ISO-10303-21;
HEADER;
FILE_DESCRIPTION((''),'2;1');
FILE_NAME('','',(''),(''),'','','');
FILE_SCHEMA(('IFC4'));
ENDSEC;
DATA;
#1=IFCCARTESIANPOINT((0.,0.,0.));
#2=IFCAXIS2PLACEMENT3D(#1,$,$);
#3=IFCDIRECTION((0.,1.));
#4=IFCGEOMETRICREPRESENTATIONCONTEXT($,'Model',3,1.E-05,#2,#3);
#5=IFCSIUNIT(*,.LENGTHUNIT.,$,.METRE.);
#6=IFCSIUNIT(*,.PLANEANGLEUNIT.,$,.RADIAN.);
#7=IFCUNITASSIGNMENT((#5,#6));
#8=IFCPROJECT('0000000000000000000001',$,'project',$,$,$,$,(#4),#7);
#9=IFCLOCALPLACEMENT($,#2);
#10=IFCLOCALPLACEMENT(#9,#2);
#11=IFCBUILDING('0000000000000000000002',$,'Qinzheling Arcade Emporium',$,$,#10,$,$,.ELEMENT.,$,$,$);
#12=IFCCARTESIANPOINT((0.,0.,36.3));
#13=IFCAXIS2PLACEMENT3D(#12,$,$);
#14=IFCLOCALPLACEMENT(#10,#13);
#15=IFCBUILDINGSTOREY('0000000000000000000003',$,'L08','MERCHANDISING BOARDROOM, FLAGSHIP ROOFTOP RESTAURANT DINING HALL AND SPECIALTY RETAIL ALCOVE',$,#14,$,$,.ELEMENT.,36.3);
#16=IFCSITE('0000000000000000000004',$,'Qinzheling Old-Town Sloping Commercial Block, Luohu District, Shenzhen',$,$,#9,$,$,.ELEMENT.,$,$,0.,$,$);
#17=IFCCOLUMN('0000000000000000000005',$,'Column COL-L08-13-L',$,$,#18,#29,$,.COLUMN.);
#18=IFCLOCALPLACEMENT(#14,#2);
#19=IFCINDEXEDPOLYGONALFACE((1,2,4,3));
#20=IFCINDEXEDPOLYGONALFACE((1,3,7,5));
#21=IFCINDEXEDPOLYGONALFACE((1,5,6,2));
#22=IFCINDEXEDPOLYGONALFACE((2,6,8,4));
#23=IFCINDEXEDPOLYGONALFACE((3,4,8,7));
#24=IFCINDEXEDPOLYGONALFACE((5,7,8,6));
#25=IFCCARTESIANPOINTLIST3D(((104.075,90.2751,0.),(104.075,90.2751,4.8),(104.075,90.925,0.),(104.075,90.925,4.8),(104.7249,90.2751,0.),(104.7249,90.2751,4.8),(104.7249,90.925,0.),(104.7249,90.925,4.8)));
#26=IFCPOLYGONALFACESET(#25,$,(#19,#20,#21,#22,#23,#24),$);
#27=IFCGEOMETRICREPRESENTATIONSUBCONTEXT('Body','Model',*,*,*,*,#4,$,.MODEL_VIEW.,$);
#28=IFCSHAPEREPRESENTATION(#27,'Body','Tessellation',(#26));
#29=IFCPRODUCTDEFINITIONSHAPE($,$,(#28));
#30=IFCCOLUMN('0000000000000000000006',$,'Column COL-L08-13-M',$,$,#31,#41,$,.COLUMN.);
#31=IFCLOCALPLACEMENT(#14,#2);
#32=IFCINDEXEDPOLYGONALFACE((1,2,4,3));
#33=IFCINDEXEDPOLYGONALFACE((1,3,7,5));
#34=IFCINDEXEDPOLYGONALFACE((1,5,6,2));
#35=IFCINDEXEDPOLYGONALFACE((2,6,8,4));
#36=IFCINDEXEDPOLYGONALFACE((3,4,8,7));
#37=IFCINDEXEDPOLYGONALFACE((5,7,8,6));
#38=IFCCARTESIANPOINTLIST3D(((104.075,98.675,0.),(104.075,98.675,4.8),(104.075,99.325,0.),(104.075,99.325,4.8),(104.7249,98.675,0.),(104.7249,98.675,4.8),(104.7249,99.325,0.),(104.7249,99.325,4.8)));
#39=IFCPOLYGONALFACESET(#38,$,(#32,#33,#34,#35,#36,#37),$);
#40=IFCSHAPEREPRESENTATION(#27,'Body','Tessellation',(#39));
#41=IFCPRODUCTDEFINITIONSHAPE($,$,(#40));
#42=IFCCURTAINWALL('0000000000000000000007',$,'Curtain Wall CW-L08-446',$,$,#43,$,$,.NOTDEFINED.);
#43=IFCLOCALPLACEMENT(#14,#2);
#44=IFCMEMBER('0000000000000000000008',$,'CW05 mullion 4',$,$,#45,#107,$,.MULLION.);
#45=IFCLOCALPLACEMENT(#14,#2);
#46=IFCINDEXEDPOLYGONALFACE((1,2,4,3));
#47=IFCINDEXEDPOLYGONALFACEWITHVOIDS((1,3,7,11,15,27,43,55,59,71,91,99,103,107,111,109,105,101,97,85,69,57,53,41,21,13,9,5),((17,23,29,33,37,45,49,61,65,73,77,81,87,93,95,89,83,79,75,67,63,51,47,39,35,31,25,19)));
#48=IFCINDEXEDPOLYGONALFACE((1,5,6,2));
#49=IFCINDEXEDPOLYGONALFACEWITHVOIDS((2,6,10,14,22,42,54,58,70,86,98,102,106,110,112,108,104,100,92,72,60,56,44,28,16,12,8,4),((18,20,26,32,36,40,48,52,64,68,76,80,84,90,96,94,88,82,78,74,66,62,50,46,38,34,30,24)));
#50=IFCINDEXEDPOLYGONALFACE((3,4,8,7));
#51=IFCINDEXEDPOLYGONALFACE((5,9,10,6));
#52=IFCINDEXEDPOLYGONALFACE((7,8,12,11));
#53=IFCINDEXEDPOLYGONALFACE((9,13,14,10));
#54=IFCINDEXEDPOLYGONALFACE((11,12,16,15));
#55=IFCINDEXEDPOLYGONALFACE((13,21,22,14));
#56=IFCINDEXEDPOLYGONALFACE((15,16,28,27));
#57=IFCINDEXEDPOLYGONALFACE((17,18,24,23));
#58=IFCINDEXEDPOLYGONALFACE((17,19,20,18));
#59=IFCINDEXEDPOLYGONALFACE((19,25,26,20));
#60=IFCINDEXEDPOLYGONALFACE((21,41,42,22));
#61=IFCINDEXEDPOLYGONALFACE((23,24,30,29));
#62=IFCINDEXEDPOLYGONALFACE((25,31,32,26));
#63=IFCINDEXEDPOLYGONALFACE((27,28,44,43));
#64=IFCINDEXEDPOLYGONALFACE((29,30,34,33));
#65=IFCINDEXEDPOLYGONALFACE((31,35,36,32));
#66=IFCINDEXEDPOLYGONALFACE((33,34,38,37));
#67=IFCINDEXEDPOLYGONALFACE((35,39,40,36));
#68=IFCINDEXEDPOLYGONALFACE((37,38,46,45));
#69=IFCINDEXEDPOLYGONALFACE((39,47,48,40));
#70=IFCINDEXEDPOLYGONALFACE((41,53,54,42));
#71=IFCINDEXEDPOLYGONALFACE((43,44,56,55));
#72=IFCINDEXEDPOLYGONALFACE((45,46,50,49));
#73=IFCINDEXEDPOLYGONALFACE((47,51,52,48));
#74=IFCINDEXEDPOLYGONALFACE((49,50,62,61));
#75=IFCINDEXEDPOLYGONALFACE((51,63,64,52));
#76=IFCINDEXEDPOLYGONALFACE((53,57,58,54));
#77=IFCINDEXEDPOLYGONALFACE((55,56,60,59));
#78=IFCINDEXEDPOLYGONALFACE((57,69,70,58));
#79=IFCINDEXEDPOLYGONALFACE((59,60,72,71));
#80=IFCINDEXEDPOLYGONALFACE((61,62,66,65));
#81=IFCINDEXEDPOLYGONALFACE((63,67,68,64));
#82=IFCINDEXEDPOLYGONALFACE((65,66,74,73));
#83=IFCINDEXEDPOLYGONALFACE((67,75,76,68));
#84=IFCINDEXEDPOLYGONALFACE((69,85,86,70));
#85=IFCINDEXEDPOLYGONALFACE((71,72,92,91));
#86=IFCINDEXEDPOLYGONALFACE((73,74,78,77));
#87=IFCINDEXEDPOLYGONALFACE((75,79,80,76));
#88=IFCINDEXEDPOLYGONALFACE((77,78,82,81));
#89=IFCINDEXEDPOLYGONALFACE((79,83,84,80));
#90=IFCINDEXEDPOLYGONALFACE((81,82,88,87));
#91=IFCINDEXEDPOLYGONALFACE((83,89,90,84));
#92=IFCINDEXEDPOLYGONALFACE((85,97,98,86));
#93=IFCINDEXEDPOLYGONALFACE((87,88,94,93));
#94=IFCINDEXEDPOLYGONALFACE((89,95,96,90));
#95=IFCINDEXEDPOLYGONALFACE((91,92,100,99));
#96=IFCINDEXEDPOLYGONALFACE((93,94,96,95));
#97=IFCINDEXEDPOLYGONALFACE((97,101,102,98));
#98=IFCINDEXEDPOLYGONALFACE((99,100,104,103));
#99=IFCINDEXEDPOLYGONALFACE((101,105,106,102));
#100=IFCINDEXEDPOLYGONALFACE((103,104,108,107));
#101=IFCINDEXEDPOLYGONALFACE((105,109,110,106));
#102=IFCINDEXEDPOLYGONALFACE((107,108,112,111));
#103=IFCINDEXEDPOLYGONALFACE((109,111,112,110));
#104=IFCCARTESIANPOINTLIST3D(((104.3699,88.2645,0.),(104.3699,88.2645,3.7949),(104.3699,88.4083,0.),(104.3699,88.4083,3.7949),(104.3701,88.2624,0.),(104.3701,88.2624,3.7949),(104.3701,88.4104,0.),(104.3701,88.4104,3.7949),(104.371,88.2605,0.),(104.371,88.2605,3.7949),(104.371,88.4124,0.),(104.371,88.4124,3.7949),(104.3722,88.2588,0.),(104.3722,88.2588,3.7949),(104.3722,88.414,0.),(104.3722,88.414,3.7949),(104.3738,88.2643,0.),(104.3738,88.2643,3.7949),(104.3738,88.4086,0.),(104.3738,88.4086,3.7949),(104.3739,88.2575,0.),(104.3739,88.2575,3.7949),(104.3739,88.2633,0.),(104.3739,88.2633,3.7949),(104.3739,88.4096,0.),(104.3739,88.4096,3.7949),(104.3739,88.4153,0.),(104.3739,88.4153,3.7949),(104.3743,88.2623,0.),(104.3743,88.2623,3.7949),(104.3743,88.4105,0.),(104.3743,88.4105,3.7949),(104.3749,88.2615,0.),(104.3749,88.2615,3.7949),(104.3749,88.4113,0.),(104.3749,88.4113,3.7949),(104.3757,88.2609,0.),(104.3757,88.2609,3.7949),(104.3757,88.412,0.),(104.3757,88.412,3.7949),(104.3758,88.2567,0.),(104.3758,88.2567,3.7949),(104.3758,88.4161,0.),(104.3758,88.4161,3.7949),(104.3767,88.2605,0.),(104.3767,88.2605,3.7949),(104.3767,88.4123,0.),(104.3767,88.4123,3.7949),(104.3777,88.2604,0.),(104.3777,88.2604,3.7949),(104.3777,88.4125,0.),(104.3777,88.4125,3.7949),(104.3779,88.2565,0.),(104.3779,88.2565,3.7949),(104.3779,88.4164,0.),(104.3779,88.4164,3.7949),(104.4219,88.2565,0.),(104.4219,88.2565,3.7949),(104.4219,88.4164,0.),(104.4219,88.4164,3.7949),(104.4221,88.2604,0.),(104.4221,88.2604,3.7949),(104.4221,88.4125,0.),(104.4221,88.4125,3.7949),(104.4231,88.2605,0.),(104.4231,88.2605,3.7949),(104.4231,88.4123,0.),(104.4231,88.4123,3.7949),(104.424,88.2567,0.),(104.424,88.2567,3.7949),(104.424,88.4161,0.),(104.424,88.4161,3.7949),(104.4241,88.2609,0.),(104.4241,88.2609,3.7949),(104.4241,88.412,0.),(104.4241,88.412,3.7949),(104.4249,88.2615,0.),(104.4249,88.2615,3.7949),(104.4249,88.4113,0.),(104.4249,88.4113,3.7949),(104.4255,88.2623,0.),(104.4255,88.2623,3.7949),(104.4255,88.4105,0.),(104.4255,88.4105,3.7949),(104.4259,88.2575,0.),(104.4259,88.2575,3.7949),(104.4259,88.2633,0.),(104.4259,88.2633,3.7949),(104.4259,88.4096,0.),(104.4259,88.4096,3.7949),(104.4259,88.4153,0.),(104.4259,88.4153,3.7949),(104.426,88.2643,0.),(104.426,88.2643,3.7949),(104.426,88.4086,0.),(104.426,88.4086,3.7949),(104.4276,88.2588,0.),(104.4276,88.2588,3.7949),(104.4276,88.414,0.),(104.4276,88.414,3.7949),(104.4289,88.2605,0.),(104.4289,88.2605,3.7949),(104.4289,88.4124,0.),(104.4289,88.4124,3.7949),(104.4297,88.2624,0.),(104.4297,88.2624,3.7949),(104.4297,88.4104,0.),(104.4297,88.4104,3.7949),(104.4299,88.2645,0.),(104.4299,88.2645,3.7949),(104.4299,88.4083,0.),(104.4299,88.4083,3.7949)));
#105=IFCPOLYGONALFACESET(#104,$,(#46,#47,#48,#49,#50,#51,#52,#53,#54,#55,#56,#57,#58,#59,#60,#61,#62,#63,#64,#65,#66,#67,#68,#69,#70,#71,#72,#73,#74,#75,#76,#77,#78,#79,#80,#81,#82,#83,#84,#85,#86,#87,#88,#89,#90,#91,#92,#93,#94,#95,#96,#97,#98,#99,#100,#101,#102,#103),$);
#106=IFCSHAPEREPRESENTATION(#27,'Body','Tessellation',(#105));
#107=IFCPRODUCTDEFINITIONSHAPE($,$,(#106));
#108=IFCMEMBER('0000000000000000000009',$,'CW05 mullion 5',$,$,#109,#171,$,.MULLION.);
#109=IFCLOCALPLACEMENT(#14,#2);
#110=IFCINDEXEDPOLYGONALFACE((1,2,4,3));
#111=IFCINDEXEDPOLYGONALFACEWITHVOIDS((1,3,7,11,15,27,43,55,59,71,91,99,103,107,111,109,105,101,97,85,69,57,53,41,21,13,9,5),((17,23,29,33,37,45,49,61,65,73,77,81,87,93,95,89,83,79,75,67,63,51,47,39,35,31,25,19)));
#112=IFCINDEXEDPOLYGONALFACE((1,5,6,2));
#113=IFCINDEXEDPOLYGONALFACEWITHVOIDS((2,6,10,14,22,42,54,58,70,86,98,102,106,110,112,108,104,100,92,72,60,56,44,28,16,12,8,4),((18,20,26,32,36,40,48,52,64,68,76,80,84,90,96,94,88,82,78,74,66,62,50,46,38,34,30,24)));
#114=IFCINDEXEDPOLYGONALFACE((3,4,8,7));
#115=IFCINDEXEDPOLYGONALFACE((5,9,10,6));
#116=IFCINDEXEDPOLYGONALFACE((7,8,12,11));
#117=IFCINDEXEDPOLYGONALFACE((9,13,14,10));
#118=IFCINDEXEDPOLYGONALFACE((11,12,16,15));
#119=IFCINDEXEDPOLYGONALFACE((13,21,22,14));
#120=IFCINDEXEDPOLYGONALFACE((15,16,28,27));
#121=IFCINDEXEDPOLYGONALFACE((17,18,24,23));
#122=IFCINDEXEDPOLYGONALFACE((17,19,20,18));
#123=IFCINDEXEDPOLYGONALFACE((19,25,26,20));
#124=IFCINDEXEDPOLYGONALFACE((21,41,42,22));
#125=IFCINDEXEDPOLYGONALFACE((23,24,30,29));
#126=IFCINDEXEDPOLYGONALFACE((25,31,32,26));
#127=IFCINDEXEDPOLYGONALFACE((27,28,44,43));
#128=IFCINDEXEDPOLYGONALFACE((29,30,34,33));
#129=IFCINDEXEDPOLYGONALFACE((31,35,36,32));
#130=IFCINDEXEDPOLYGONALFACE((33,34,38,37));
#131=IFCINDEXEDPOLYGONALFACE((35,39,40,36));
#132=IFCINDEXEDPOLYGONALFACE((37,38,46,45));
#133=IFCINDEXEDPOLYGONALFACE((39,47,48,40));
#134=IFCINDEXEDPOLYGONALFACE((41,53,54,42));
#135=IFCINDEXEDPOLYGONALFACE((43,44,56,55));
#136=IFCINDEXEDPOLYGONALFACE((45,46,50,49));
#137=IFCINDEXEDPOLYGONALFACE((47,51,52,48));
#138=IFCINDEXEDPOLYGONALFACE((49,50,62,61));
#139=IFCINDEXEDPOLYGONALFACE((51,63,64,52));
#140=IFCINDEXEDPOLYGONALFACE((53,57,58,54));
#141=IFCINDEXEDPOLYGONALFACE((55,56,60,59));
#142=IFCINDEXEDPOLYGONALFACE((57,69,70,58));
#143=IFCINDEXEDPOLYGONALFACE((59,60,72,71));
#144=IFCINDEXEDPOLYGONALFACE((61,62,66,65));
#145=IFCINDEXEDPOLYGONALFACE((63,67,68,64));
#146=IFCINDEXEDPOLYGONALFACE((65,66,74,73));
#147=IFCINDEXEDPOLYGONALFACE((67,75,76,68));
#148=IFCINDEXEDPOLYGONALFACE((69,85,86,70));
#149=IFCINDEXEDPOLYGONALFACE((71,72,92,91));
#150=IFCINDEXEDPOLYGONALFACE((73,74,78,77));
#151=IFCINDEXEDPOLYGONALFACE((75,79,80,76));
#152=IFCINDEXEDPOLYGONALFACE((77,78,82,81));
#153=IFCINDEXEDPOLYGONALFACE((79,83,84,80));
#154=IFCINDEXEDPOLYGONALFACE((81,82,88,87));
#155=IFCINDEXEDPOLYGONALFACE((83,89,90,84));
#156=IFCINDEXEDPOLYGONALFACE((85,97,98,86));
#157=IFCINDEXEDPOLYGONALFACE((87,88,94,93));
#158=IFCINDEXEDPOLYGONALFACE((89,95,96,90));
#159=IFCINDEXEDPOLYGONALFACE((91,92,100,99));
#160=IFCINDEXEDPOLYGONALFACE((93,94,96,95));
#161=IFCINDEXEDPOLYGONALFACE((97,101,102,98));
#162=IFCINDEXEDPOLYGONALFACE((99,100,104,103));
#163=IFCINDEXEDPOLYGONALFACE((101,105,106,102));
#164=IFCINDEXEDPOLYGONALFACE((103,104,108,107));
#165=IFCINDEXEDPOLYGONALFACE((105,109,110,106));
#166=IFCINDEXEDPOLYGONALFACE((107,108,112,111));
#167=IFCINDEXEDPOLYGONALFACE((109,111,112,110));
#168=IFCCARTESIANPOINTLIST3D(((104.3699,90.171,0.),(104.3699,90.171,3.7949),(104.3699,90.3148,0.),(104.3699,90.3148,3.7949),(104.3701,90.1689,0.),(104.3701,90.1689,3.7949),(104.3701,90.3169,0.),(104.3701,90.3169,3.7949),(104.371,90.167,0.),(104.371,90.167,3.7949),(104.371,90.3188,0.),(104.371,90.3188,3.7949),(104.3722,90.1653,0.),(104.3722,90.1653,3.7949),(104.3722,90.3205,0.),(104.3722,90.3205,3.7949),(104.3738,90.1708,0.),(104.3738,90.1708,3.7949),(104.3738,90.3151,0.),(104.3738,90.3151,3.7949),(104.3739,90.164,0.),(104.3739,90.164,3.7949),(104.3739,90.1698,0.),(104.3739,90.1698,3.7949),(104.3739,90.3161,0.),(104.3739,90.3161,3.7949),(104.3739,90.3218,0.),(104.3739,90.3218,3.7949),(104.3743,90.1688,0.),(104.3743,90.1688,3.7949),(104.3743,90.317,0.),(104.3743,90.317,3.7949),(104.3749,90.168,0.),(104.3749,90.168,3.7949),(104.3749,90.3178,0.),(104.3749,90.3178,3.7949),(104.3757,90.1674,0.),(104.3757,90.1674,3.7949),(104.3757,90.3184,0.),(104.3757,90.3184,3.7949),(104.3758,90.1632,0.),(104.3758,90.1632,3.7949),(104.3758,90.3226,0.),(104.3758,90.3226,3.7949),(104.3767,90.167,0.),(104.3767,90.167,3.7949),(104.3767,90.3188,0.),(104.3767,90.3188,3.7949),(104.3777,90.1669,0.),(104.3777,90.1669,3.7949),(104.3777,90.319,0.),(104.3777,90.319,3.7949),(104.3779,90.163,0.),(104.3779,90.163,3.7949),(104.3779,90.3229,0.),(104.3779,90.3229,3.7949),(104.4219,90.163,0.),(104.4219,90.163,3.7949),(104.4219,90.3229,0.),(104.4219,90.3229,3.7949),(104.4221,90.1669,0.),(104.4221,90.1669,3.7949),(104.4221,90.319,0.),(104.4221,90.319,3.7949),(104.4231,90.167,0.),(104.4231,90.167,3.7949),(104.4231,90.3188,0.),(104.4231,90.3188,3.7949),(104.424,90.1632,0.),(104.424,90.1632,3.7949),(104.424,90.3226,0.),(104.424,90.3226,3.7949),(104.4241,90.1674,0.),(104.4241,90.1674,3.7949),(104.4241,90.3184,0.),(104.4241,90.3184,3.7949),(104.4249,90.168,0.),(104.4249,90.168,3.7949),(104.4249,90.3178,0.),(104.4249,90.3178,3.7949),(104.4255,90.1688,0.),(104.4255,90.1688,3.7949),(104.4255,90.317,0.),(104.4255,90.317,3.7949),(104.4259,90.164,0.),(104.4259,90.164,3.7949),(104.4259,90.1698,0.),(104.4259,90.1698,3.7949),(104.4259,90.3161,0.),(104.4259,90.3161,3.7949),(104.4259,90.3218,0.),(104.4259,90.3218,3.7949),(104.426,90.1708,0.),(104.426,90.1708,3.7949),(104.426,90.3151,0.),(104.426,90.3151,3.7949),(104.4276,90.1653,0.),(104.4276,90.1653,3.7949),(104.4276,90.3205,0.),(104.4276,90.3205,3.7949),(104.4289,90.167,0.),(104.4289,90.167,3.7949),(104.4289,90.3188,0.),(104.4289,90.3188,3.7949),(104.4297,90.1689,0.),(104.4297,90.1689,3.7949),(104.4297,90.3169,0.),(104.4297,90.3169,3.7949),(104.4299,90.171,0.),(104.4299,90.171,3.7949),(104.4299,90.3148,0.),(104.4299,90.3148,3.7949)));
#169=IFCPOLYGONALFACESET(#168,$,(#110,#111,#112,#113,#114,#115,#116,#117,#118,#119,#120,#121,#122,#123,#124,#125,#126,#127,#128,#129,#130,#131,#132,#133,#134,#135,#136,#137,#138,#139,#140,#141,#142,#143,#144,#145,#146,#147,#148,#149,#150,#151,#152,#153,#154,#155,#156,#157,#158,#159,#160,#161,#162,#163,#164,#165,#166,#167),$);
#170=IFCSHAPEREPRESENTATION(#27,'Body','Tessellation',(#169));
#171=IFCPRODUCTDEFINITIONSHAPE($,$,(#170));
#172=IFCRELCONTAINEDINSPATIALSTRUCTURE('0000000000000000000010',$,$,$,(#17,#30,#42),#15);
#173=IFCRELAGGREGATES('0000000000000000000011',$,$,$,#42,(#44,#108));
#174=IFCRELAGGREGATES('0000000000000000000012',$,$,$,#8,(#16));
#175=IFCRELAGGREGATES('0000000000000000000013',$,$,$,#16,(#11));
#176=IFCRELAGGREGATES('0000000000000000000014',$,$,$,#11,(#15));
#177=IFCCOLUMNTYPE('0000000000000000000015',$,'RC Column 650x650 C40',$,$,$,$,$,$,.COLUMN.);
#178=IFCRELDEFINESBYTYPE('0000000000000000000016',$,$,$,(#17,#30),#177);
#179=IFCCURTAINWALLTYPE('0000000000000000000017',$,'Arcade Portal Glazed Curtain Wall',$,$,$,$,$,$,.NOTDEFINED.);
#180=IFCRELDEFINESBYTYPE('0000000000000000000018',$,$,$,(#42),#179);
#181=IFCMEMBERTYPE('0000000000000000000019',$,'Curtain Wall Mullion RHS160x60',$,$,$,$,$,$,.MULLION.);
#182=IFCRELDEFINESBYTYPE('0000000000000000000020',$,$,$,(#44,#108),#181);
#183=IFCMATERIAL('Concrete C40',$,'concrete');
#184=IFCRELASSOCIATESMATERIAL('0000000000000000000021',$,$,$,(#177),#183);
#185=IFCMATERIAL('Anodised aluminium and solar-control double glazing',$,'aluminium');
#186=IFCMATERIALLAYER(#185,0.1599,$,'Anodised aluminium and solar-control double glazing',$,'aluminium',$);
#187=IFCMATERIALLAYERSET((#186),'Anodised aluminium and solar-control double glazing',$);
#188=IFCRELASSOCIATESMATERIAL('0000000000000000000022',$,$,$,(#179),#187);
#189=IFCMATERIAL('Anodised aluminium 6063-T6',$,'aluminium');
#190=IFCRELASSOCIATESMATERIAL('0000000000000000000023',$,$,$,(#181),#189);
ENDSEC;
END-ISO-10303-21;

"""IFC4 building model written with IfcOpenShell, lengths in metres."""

from ifc_helpers import new_model, si_unit, direction, frame, origin, origin_2d, place, context, subcontext, project, spatial, rectangle, hollow_rectangle, extrude, material, layer, layer_set, material_profile, profile_set, type_object, element, aggregate, save


model = new_model("IFC4")

# Units and contexts
model_context = context("Model", 3, precision=1e-05, world=origin(), true_north=direction((0.0, 1.0)))
body_context = subcontext(model_context, "Body", "Model", "MODEL_VIEW")
ifc_project = project(units=[si_unit("LENGTHUNIT", "METRE"), si_unit("PLANEANGLEUNIT", "RADIAN")], contexts=[model_context])

# Site, building, storey
site_placement = place(None, origin())
site = spatial("IfcSite", under=ifc_project, at=site_placement, Name="Qinzheling Old-Town Sloping Commercial Block, Luohu District, Shenzhen", CompositionType="ELEMENT", RefElevation=0.0)
building_placement = place(site_placement, origin())
building = spatial("IfcBuilding", under=site, at=building_placement, Name="Qinzheling Arcade Emporium", CompositionType="ELEMENT")
storey_placement = place(building_placement, frame((0.0, 0.0, 36.3)))
storey = spatial("IfcBuildingStorey", under=building, at=storey_placement, Name="L08", Description="MERCHANDISING BOARDROOM, FLAGSHIP ROOFTOP RESTAURANT DINING HALL AND SPECIALTY RETAIL ALCOVE", CompositionType="ELEMENT", Elevation=36.3)

# Columns
ifc_material_1 = material(Name="Concrete C40", Category="concrete")
ifc_material_profile_1 = material_profile(ifc_material_1, rectangle(XDim=0.6499, YDim=0.6499, at=origin_2d()), Name="RC 650x650", Category="concrete")
ifc_profile_set_1 = profile_set([ifc_material_profile_1], Name="Concrete C40")
column_type = type_object("IfcColumnType", Name="RC Column 650x650 C40", PredefinedType="COLUMN", material=ifc_profile_set_1)
for number, where, z_axis, x_axis, name in (
    (1, (104.3999, 90.6001, 0.0), (0.0, 0.0, 1.0), (1.0, 0.0, 0.0), "Column COL-L08-13-L"),
    (2, (104.3999, 99.0, 0.0), (0.0, 0.0, 1.0), (1.0, 0.0, 0.0), "Column COL-L08-13-M"),
):
    element("IfcColumn", number, at=place(storey_placement, frame(where, z_axis=z_axis, x_axis=x_axis)), inside=storey, type_object=column_type, Name=name, PredefinedType="COLUMN", context=body_context, shape_type="SweptSolid", body=[
        extrude(rectangle(XDim=0.6499, YDim=0.6499, at=origin_2d()), origin(), (0.0, 0.0, 1.0), 4.8),
    ])

# Curtain wall, members
ifc_material_2 = material(Name="Anodised aluminium and solar-control double glazing", Category="aluminium")
ifc_layer_1 = layer(ifc_material_2, 0.1599, Name="Anodised aluminium and solar-control double glazing", Category="aluminium")
ifc_layer_set_1 = layer_set([ifc_layer_1], Name="Anodised aluminium and solar-control double glazing")
curtain_wall_type = type_object("IfcCurtainWallType", Name="Arcade Portal Glazed Curtain Wall", PredefinedType="NOTDEFINED", material=ifc_layer_set_1)
curtain_wall_1_placement = place(storey_placement, origin())
curtain_wall_1 = element("IfcCurtainWall", 3, at=curtain_wall_1_placement, inside=storey, type_object=curtain_wall_type, Name="Curtain Wall CW-L08-446", PredefinedType="NOTDEFINED")
ifc_material_3 = material(Name="Anodised aluminium 6063-T6", Category="aluminium")
ifc_material_profile_2 = material_profile(ifc_material_3, hollow_rectangle(XDim=0.0601, YDim=0.1599, WallThickness=0.0039, InnerFilletRadius=0.0039, OuterFilletRadius=0.0081, at=origin_2d()), Name="RHS 160x60x4", Category="aluminium")
ifc_profile_set_2 = profile_set([ifc_material_profile_2], Name="Anodised aluminium 6063-T6")
member_type_1 = type_object("IfcMemberType", Name="Curtain Wall Mullion RHS160x60", PredefinedType="MULLION", material=ifc_profile_set_2)
member_1_placement = place(storey_placement, frame((104.3999, 88.3364, 0.0), z_axis=(0.0, 0.0, 1.0), x_axis=(-1.0, 0.0, 0.0)))
member_1 = element("IfcMember", 4, at=member_1_placement, type_object=member_type_1, Name="CW05 mullion 4", PredefinedType="MULLION", context=body_context, shape_type="SweptSolid", body=[
    extrude(hollow_rectangle(XDim=0.0601, YDim=0.1599, WallThickness=0.0039, InnerFilletRadius=0.0039, OuterFilletRadius=0.0081, at=origin_2d()), origin(), (0.0, 0.0, 1.0), 3.7949),
])
member_2_placement = place(storey_placement, frame((104.3999, 90.2429, 0.0), z_axis=(0.0, 0.0, 1.0), x_axis=(-1.0, 0.0, 0.0)))
member_2 = element("IfcMember", 5, at=member_2_placement, type_object=member_type_1, Name="CW05 mullion 5", PredefinedType="MULLION", context=body_context, shape_type="SweptSolid", body=[
    extrude(hollow_rectangle(XDim=0.0601, YDim=0.1599, WallThickness=0.0039, InnerFilletRadius=0.0039, OuterFilletRadius=0.0081, at=origin_2d()), origin(), (0.0, 0.0, 1.0), 3.7949),
])

aggregate(curtain_wall_1, [member_1, member_2])

save(model, "model.ifc")
